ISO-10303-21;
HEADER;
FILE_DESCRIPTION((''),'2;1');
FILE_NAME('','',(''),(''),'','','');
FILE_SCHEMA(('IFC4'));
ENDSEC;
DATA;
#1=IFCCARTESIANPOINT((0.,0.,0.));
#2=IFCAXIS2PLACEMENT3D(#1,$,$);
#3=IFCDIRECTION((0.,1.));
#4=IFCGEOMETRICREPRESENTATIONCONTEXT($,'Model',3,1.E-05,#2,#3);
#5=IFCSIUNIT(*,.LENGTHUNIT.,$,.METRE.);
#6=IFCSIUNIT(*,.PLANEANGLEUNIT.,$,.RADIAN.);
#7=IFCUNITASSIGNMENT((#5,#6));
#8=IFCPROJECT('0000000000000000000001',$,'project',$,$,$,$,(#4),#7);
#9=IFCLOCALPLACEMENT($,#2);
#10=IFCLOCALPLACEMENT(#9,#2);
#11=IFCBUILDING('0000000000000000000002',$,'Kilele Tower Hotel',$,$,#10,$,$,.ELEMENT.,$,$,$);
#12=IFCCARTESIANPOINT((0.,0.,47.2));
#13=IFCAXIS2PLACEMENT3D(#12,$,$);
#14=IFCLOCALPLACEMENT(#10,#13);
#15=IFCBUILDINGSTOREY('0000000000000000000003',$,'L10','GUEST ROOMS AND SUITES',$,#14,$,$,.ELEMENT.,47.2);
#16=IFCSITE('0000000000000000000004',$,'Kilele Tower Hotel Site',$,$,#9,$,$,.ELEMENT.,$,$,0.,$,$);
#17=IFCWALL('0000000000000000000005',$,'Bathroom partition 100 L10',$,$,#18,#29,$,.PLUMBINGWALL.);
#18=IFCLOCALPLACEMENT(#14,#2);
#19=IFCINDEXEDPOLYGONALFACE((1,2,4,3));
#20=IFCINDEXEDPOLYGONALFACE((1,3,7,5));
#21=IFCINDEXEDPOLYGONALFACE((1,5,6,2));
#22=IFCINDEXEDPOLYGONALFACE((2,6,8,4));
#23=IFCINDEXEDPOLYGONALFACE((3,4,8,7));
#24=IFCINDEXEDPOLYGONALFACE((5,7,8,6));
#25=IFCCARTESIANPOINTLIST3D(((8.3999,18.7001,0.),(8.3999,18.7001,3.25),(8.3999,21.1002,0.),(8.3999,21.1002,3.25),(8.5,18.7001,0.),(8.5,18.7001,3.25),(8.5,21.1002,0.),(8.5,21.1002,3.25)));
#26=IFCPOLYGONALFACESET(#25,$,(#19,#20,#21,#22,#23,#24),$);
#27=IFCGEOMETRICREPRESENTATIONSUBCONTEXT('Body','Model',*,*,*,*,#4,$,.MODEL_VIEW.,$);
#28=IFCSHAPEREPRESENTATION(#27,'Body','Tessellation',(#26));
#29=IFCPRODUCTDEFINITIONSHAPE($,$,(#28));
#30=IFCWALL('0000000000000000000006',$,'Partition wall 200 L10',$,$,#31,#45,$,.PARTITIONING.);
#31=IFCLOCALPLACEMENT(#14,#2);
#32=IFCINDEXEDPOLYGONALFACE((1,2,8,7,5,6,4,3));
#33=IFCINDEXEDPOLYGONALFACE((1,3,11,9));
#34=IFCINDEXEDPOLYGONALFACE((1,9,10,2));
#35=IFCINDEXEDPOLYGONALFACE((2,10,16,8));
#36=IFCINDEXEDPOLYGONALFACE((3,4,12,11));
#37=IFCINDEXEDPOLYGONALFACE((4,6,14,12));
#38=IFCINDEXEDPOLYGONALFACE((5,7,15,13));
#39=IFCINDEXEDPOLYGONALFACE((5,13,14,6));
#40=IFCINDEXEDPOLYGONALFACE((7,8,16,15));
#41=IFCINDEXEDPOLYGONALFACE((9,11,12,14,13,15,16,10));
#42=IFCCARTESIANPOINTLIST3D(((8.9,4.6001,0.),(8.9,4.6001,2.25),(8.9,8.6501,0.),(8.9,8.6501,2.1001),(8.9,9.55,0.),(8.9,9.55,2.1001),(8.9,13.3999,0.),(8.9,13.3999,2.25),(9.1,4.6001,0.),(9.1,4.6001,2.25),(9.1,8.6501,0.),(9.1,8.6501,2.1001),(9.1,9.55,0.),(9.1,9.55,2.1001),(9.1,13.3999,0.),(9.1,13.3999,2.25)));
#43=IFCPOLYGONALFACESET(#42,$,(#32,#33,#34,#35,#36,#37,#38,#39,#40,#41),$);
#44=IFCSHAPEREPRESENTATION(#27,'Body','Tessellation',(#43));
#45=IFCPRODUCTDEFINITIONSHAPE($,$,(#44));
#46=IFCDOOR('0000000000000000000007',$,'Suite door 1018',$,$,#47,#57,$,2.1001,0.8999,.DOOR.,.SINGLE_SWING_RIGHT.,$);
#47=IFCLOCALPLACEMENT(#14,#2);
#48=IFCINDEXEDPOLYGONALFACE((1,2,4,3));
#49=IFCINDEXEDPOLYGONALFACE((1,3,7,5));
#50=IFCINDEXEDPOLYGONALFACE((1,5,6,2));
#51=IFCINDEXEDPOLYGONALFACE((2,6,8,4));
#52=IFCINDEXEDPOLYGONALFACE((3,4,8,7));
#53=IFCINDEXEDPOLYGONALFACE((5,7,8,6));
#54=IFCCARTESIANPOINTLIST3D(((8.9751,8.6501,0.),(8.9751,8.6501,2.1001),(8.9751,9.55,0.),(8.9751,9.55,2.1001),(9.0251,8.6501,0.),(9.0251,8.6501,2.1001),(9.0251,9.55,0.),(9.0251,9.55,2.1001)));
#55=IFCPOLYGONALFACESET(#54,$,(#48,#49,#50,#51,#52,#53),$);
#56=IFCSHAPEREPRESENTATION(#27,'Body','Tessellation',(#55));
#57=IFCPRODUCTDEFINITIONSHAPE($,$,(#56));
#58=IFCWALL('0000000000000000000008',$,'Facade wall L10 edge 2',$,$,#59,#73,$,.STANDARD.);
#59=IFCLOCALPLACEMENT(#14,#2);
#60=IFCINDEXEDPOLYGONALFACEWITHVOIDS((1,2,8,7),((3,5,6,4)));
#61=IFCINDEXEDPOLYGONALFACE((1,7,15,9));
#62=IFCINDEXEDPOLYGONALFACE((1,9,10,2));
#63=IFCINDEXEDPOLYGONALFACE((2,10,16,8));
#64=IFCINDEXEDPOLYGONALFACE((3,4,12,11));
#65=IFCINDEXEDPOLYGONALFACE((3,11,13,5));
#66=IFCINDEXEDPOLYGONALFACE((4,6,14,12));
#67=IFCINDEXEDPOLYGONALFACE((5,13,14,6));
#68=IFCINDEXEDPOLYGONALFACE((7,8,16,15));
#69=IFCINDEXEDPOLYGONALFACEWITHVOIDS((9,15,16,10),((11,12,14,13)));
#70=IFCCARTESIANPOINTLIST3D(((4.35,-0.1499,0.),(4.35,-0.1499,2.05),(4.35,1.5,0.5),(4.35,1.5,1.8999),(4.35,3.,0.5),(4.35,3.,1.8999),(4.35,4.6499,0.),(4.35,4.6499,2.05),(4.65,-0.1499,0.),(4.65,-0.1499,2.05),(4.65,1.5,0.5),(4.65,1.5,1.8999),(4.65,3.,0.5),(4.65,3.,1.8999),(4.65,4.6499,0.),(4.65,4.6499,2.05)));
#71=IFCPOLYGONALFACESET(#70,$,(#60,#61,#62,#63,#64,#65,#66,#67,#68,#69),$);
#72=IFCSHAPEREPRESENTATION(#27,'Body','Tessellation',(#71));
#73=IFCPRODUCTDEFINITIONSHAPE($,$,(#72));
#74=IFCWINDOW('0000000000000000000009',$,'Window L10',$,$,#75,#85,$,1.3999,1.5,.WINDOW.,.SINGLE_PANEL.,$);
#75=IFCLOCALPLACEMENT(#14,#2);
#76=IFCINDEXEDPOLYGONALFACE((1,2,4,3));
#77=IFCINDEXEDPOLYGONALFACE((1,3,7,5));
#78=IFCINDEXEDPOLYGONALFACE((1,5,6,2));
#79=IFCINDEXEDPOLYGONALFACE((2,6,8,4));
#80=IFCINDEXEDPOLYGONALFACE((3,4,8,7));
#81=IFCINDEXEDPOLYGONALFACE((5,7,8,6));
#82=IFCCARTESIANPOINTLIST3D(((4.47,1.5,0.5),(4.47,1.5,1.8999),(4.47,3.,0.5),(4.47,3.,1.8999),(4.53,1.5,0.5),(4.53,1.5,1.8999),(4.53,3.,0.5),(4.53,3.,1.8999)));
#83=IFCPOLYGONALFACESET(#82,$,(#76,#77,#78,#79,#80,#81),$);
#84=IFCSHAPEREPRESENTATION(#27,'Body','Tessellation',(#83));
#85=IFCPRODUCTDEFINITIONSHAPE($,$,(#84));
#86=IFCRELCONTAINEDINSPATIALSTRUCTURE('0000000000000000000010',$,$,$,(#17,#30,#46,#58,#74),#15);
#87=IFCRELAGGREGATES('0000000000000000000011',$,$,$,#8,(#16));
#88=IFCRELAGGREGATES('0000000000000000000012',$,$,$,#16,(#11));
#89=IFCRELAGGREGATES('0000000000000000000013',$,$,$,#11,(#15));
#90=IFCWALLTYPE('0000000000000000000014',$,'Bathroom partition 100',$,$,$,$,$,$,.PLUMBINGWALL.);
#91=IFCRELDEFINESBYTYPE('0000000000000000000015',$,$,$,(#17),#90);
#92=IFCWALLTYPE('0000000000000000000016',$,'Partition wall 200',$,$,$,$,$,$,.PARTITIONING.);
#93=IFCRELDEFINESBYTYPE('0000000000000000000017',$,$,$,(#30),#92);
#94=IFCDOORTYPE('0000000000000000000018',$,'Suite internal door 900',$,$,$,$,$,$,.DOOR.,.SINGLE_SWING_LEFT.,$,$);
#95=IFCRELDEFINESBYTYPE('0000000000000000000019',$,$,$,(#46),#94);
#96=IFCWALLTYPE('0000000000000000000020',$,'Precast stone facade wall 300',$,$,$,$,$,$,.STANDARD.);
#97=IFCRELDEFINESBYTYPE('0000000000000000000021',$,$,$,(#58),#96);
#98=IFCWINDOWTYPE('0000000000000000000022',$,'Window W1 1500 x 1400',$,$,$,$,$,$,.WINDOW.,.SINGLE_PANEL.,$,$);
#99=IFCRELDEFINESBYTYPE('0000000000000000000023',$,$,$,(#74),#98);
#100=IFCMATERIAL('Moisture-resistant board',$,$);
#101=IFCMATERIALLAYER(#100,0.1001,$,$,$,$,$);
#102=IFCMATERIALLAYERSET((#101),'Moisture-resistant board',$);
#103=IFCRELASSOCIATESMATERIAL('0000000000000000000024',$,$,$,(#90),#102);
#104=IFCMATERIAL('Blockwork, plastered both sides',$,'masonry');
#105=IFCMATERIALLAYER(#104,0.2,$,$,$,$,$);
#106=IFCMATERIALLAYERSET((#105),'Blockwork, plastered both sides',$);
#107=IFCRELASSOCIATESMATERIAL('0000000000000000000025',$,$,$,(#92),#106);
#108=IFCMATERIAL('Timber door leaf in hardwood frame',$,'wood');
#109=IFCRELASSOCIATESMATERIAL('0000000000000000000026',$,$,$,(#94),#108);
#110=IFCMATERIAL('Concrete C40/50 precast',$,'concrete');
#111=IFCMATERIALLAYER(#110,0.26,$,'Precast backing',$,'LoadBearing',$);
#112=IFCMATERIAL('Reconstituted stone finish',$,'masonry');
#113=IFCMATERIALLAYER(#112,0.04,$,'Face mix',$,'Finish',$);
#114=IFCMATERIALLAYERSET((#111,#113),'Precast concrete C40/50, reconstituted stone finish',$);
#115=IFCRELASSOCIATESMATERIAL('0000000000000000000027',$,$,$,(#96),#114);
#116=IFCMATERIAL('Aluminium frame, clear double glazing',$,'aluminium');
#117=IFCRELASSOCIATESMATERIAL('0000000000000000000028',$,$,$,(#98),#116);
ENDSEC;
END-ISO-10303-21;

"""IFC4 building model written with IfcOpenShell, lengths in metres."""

from ifc_helpers import new_model, si_unit, direction, frame, frame_2d, origin, place, context, subcontext, project, spatial, rectangle, extrude, material, layer, layer_set, type_object, element, fill, save


model = new_model("IFC4")

# Units and contexts
model_context = context("Model", 3, precision=1e-05, world=origin(), true_north=direction((0.0, 1.0)))
body_context = subcontext(model_context, "Body", "Model", "MODEL_VIEW")
ifc_project = project(units=[si_unit("LENGTHUNIT", "METRE"), si_unit("PLANEANGLEUNIT", "RADIAN")], contexts=[model_context])

# Site, building, storey
site_placement = place(None, origin())
site = spatial("IfcSite", under=ifc_project, at=site_placement, Name="Kilele Tower Hotel Site", CompositionType="ELEMENT", RefElevation=0.0)
building_placement = place(site_placement, origin())
building = spatial("IfcBuilding", under=site, at=building_placement, Name="Kilele Tower Hotel", CompositionType="ELEMENT")
storey_placement = place(building_placement, frame((0.0, 0.0, 47.2)))
storey = spatial("IfcBuildingStorey", under=building, at=storey_placement, Name="L10", Description="GUEST ROOMS AND SUITES", CompositionType="ELEMENT", Elevation=47.2)

# Shared definitions
ifc_material_1 = material(Name="Moisture-resistant board")
ifc_layer_1 = layer(ifc_material_1, 0.1001)
ifc_layer_set_1 = layer_set([ifc_layer_1], Name="Moisture-resistant board")
wall_type_1 = type_object("IfcWallType", Name="Bathroom partition 100", PredefinedType="PLUMBINGWALL", material=ifc_layer_set_1)

# Wall
wall_1_placement = place(storey_placement, frame((8.45, 18.7, 0.0), z_axis=(0.0, 0.0, 1.0), x_axis=(0.0, 1.0, 0.0)))
element("IfcWall", 1, at=wall_1_placement, inside=storey, type_object=wall_type_1, Name="Bathroom partition 100 L10", PredefinedType="PLUMBINGWALL", context=body_context, shape_type="SweptSolid", body=[
    extrude(rectangle(XDim=2.4001, YDim=0.1001, at=frame_2d((1.2002, 0.0))), origin(), (0.0, 0.0, 1.0), 3.25),
])

# Wall, opening, door
ifc_material_2 = material(Name="Blockwork, plastered both sides", Category="masonry")
ifc_layer_2 = layer(ifc_material_2, 0.2)
ifc_layer_set_2 = layer_set([ifc_layer_2], Name="Blockwork, plastered both sides")
wall_type_2 = type_object("IfcWallType", Name="Partition wall 200", PredefinedType="PARTITIONING", material=ifc_layer_set_2)
wall_2_placement = place(storey_placement, frame((9.0, 4.6001, 0.0), z_axis=(0.0, 0.0, 1.0), x_axis=(0.0, 1.0, 0.0)))
wall_2 = element("IfcWall", 2, at=wall_2_placement, inside=storey, type_object=wall_type_2, Name="Partition wall 200 L10", PredefinedType="PARTITIONING", context=body_context, shape_type="SweptSolid", body=[
    extrude(rectangle(XDim=8.7998, YDim=0.2, at=frame_2d((4.3999, 0.0))), origin(), (0.0, 0.0, 1.0), 2.25),
])
opening_1_placement = place(wall_2_placement, frame((4.05, 0.0, 0.0)))
opening_1 = element("IfcOpeningElement", 3, at=opening_1_placement, cuts=wall_2, PredefinedType="OPENING", context=body_context, shape_type="SweptSolid", body=[
    extrude(rectangle(XDim=0.8999, YDim=2.1001, at=frame_2d((0.45, 1.05))), frame((0.0, 0.1099, 0.0), z_axis=(0.0, -1.0, 0.0), x_axis=(1.0, 0.0, 0.0)), (0.0, 0.0, 1.0), 0.22),
])
ifc_material_3 = material(Name="Timber door leaf in hardwood frame", Category="wood")
door_type_1 = type_object("IfcDoorType", Name="Suite internal door 900", OperationType="SINGLE_SWING_LEFT", PredefinedType="DOOR", material=ifc_material_3)
door_1_placement = place(opening_1_placement, origin())
door_1 = element("IfcDoor", 4, at=door_1_placement, inside=storey, type_object=door_type_1, Name="Suite door 1018", OperationType="SINGLE_SWING_RIGHT", OverallHeight=2.1001, OverallWidth=0.8999, PredefinedType="DOOR", context=body_context, shape_type="SweptSolid", body=[
    extrude(rectangle(XDim=0.8999, YDim=2.1001, at=frame_2d((0.45, 1.05))), frame((0.0, 0.0249, 0.0), z_axis=(0.0, -1.0, 0.0), x_axis=(1.0, 0.0, 0.0)), (0.0, 0.0, 1.0), 0.05),
])
fill(opening_1, door_1)

# Wall, opening, window
ifc_material_4 = material(Name="Concrete C40/50 precast", Category="concrete")
ifc_layer_3 = layer(ifc_material_4, 0.26, Name="Precast backing", Category="LoadBearing")
ifc_material_5 = material(Name="Reconstituted stone finish", Category="masonry")
ifc_layer_4 = layer(ifc_material_5, 0.04, Name="Face mix", Category="Finish")
ifc_layer_set_3 = layer_set([ifc_layer_3, ifc_layer_4], Name="Precast concrete C40/50, reconstituted stone finish")
wall_type_3 = type_object("IfcWallType", Name="Precast stone facade wall 300", PredefinedType="STANDARD", material=ifc_layer_set_3)
wall_3_placement = place(storey_placement, frame((4.5, 4.6499, 0.0), z_axis=(0.0, 0.0, 1.0), x_axis=(0.0, -1.0, 0.0)))
wall_3 = element("IfcWall", 5, at=wall_3_placement, inside=storey, type_object=wall_type_3, Name="Facade wall L10 edge 2", PredefinedType="STANDARD", context=body_context, shape_type="SweptSolid", body=[
    extrude(rectangle(XDim=4.7998, YDim=0.3, at=frame_2d((2.3999, 0.0))), origin(), (0.0, 0.0, 1.0), 2.05),
])
opening_2_placement = place(wall_3_placement, frame((1.6499, 0.0, 0.5)))
opening_2 = element("IfcOpeningElement", 6, at=opening_2_placement, cuts=wall_3, PredefinedType="OPENING", context=body_context, shape_type="SweptSolid", body=[
    extrude(rectangle(XDim=1.5, YDim=1.3999, at=frame_2d((0.75, 0.7))), frame((0.0, 0.1599, 0.0), z_axis=(0.0, -1.0, 0.0), x_axis=(1.0, 0.0, 0.0)), (0.0, 0.0, 1.0), 0.3201),
])
ifc_material_6 = material(Name="Aluminium frame, clear double glazing", Category="aluminium")
window_type = type_object("IfcWindowType", Name="Window W1 1500 x 1400", PartitioningType="SINGLE_PANEL", PredefinedType="WINDOW", material=ifc_material_6)
window_placement = place(opening_2_placement, origin())
window = element("IfcWindow", 7, at=window_placement, inside=storey, type_object=window_type, Name="Window L10", OverallHeight=1.3999, OverallWidth=1.5, PartitioningType="SINGLE_PANEL", PredefinedType="WINDOW", context=body_context, shape_type="SweptSolid", body=[
    extrude(rectangle(XDim=1.5, YDim=1.3999, at=frame_2d((0.75, 0.7))), frame((0.0, 0.03, 0.0), z_axis=(0.0, -1.0, 0.0), x_axis=(1.0, 0.0, 0.0)), (0.0, 0.0, 1.0), 0.0601),
])
fill(opening_2, window)

save(model, "model.ifc")
